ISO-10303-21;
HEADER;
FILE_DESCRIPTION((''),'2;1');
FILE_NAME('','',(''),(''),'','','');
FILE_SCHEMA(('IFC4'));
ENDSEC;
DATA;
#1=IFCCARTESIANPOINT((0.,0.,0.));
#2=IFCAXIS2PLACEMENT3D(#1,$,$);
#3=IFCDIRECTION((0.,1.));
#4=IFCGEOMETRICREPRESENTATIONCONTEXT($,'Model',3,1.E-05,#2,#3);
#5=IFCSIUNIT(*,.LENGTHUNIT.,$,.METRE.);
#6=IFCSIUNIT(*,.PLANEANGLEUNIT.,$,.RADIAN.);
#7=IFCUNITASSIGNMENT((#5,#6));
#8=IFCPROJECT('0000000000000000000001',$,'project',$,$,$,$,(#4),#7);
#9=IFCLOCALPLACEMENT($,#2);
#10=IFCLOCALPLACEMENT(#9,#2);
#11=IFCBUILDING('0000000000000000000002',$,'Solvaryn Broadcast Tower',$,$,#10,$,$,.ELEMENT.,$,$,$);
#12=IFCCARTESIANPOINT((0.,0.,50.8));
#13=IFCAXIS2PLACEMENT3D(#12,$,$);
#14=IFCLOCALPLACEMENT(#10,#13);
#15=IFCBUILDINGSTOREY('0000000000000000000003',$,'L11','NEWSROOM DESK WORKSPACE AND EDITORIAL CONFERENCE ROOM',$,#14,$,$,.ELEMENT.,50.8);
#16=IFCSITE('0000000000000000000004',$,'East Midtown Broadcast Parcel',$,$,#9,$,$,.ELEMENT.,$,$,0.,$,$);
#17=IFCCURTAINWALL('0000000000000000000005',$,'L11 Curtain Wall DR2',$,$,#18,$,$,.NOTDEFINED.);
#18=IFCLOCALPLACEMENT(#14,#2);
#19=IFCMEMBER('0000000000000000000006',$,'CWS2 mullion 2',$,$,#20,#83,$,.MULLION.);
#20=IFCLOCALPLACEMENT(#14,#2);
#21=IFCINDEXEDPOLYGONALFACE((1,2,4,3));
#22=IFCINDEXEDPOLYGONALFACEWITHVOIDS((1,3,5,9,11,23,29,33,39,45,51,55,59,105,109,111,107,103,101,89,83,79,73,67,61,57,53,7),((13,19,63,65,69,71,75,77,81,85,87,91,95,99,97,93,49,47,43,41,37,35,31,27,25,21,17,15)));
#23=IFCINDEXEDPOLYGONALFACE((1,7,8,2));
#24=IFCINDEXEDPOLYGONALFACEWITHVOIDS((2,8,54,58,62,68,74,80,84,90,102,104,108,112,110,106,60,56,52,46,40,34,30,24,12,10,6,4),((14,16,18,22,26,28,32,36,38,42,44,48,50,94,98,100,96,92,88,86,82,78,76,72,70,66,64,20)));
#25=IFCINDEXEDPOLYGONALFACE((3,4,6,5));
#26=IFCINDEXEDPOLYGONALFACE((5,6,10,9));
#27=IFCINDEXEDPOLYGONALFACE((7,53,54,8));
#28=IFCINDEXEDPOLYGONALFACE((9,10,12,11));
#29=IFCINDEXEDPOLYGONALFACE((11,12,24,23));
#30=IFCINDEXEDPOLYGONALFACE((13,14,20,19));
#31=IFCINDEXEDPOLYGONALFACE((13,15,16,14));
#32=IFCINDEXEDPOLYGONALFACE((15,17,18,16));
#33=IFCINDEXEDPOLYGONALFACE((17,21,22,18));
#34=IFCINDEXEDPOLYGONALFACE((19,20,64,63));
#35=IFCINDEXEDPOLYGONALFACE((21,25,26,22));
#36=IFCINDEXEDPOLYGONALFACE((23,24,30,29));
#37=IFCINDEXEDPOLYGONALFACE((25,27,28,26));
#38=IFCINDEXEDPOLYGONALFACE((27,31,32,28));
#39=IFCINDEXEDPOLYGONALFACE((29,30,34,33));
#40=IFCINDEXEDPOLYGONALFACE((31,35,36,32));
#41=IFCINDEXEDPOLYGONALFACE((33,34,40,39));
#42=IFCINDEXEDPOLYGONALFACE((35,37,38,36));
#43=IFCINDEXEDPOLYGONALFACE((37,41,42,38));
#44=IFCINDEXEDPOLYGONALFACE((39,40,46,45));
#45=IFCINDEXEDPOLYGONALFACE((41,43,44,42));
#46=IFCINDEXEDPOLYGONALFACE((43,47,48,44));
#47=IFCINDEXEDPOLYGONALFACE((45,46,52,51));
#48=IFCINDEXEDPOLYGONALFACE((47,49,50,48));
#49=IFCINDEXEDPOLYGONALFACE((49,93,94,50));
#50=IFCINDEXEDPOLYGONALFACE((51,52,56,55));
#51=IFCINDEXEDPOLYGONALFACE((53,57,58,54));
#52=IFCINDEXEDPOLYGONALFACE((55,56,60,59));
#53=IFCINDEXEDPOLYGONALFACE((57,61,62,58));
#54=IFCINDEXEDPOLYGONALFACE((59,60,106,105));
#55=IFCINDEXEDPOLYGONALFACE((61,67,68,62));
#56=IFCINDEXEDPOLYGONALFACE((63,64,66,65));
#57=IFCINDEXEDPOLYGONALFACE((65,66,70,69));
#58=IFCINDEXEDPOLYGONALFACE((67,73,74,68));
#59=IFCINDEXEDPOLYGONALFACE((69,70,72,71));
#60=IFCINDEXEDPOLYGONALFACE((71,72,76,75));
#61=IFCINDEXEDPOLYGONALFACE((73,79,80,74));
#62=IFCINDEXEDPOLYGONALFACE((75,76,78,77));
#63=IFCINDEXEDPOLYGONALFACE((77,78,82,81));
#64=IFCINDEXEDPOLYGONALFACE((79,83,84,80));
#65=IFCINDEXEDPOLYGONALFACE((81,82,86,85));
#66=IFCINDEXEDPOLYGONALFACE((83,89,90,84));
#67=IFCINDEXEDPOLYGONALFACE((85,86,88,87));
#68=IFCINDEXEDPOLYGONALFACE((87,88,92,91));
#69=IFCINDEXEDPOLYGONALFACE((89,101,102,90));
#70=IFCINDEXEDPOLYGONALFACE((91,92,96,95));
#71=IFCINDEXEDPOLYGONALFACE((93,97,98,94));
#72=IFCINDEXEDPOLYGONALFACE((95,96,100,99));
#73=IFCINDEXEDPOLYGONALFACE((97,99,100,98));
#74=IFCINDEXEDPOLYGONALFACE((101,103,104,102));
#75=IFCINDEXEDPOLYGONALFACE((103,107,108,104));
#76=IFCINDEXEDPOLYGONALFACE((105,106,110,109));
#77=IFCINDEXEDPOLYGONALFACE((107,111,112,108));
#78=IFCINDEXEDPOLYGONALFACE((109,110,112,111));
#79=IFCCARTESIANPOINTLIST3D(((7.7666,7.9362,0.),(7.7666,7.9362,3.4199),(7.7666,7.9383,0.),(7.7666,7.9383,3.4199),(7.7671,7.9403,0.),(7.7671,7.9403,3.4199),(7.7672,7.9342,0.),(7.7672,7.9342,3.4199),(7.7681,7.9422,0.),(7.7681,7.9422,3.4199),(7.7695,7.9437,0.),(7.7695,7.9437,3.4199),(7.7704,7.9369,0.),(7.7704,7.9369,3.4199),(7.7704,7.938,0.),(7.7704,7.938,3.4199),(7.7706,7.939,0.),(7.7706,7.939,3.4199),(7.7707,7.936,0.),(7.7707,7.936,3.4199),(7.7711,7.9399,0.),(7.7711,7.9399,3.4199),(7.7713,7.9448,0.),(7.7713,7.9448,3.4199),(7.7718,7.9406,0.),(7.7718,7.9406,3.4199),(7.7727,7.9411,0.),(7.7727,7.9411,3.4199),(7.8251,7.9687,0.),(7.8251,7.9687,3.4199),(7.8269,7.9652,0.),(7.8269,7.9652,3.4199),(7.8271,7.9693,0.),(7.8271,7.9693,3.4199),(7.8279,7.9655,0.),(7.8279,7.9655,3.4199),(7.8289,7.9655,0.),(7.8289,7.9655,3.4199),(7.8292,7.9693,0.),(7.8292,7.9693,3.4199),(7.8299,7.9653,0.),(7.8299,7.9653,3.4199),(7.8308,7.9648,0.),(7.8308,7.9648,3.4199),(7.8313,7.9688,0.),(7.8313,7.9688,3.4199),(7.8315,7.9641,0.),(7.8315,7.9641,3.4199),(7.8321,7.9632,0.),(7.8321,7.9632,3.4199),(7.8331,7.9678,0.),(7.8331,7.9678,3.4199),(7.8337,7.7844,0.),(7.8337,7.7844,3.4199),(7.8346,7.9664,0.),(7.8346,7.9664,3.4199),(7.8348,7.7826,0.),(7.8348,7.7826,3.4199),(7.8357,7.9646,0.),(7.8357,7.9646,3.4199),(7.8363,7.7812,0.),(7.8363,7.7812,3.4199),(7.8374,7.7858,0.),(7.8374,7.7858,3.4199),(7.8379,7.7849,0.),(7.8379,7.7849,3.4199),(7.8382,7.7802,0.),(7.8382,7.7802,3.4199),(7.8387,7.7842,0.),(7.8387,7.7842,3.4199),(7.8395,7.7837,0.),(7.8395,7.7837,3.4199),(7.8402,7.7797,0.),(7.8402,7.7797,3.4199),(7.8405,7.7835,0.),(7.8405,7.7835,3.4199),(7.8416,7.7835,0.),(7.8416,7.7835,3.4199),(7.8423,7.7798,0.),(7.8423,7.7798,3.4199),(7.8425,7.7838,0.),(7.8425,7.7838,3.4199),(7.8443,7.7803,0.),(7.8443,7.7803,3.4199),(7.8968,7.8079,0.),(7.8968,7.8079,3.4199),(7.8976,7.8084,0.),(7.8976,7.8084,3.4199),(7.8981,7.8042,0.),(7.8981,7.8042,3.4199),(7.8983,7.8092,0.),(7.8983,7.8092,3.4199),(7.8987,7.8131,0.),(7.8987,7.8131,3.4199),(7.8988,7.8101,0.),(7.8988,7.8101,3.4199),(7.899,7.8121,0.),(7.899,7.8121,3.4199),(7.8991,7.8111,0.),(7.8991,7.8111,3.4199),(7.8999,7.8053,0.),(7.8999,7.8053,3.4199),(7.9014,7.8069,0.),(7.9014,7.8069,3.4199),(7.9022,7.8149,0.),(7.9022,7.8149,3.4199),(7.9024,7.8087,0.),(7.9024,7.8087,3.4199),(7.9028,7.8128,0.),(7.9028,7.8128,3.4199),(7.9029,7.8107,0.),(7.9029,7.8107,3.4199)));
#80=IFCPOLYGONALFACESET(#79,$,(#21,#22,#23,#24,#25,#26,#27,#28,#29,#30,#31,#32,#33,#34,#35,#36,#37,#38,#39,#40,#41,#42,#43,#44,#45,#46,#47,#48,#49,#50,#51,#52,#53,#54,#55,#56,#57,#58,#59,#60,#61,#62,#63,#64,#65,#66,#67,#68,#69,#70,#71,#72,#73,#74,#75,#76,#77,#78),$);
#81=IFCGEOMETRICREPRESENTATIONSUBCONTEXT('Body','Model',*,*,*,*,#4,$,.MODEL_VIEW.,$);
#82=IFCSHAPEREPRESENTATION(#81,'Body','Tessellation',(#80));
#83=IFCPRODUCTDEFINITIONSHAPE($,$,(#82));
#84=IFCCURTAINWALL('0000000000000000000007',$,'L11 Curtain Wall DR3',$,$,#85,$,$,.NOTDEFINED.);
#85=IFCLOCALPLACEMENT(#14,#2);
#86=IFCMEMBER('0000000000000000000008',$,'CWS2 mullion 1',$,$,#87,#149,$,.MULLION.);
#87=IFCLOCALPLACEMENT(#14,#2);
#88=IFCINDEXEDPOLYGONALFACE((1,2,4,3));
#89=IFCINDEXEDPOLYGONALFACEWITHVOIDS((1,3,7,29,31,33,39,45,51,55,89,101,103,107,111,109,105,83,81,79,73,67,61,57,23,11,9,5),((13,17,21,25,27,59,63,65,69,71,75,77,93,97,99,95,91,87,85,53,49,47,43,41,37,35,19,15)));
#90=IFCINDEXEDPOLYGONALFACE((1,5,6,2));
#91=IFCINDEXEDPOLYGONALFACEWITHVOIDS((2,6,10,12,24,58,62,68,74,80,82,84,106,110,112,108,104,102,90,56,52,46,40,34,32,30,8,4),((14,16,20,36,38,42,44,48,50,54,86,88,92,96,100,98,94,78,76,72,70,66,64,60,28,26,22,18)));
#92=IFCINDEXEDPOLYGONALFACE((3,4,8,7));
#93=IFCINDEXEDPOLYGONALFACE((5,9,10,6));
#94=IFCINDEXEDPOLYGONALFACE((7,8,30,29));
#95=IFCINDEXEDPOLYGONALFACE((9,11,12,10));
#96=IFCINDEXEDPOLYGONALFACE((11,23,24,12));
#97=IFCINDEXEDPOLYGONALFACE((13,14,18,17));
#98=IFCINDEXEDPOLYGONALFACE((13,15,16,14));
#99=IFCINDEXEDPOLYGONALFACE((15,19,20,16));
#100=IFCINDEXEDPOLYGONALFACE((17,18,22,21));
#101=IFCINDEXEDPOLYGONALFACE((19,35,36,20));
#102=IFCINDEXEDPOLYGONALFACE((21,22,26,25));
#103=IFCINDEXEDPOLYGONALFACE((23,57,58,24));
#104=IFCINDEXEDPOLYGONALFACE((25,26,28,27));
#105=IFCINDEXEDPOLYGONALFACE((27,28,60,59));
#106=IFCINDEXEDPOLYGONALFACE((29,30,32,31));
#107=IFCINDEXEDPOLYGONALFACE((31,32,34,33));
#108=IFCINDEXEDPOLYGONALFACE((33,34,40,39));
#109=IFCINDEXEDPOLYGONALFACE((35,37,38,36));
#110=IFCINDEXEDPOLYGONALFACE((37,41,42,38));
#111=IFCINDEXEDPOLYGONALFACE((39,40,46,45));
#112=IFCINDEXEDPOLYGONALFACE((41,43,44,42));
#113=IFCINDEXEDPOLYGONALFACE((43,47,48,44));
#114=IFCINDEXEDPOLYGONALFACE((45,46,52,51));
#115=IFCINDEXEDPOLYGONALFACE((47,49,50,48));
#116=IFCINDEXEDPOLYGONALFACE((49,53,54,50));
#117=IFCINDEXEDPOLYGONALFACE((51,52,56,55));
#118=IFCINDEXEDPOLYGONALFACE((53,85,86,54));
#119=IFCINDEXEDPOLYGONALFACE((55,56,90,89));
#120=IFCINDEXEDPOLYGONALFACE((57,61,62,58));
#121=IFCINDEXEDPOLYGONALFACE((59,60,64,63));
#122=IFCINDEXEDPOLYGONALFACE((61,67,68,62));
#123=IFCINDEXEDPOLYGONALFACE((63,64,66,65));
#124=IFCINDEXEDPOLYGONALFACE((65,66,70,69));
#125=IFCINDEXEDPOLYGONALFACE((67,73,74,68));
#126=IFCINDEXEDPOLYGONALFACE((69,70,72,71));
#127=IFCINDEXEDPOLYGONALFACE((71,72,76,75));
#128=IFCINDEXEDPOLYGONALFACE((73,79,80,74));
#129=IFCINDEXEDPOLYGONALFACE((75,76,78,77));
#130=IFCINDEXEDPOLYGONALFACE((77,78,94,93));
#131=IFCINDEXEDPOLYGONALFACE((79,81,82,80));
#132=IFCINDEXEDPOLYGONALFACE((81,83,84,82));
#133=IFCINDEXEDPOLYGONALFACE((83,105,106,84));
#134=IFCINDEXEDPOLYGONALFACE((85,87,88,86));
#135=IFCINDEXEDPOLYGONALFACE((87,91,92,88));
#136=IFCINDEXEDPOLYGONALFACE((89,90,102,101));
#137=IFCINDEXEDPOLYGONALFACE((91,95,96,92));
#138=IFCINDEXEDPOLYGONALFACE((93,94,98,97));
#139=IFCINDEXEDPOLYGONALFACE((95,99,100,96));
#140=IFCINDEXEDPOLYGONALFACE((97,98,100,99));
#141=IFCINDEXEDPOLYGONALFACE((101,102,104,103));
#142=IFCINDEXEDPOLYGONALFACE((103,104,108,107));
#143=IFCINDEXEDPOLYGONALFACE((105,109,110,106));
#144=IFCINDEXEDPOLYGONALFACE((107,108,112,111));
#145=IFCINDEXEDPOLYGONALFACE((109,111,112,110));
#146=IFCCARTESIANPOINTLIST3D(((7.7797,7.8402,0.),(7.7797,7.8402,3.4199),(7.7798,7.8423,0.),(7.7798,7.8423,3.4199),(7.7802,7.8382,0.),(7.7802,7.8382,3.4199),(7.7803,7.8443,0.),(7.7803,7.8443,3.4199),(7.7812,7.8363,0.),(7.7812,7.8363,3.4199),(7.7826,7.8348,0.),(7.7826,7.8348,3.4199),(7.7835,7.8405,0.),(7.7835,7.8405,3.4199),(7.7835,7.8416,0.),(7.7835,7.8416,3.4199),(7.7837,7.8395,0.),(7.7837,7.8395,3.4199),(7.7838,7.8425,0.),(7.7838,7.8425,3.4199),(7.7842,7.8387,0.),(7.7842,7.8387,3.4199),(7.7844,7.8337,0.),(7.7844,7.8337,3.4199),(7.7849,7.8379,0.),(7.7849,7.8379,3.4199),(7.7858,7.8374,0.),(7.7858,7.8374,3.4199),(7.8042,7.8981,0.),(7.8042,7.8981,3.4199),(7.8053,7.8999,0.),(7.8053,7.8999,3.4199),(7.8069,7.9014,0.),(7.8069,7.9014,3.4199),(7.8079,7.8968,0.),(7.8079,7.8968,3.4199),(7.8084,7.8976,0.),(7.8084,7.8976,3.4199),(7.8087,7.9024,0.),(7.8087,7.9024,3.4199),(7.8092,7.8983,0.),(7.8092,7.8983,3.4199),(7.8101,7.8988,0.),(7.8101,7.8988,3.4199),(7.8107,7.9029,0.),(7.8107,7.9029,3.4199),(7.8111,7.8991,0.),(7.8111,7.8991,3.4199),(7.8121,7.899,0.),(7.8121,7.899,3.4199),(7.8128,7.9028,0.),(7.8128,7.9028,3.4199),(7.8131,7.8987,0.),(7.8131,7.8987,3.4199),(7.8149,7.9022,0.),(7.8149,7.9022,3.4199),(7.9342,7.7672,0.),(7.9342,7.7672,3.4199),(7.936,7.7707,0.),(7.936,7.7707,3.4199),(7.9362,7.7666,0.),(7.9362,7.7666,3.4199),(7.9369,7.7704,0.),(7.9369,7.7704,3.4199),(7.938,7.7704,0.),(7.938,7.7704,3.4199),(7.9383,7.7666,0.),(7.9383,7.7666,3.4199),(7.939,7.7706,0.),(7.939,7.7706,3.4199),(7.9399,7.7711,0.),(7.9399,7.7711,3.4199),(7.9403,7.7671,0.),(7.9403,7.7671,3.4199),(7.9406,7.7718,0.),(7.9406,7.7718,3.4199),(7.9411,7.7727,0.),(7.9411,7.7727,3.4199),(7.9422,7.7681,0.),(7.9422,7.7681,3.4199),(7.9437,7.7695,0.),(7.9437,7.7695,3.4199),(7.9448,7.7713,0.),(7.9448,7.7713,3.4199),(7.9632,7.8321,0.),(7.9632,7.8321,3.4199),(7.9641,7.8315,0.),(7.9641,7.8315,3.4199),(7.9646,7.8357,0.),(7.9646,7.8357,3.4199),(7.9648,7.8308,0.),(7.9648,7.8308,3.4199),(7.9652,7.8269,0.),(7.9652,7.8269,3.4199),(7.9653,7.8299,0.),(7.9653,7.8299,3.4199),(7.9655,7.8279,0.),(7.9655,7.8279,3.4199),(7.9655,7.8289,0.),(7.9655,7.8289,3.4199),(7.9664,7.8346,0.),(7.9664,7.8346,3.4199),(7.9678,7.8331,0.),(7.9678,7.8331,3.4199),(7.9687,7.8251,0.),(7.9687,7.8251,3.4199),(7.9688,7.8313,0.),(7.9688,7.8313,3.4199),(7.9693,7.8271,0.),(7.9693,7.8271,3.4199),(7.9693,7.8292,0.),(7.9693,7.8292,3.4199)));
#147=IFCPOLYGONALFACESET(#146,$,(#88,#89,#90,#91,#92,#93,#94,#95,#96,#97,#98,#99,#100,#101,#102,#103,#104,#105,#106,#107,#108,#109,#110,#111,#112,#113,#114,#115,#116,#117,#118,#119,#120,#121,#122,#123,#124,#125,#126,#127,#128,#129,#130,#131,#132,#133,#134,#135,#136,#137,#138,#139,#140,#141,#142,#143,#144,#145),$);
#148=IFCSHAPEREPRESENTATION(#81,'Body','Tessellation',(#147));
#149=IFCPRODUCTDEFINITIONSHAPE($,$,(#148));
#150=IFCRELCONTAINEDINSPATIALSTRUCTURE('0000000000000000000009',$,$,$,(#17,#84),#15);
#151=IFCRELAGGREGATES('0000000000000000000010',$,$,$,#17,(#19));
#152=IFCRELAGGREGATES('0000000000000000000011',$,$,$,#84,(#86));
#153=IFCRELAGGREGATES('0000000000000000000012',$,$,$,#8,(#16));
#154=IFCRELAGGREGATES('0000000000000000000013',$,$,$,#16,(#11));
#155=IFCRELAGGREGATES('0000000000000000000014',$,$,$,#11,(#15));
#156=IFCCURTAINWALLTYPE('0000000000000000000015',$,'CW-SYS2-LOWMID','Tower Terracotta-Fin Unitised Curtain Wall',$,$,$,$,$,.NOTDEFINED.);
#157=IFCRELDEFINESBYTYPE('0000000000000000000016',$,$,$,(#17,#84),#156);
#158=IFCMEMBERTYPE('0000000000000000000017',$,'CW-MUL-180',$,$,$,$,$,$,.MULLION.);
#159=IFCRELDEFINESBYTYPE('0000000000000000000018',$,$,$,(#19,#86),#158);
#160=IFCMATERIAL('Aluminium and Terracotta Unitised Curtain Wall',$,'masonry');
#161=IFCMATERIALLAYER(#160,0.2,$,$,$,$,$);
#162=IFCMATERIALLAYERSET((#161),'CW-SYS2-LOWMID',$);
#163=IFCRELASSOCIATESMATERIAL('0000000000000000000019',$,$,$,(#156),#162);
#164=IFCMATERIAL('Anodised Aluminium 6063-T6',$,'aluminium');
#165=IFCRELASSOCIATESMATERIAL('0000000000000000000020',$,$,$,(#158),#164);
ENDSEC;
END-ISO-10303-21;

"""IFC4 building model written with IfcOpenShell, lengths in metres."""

from ifc_helpers import new_model, si_unit, direction, frame, origin, origin_2d, place, context, subcontext, project, spatial, hollow_rectangle, extrude, material, layer, layer_set, material_profile, profile_set, type_object, element, aggregate, save


model = new_model("IFC4")

# Units and contexts
model_context = context("Model", 3, precision=1e-05, world=origin(), true_north=direction((0.0, 1.0)))
body_context = subcontext(model_context, "Body", "Model", "MODEL_VIEW")
ifc_project = project(units=[si_unit("LENGTHUNIT", "METRE"), si_unit("PLANEANGLEUNIT", "RADIAN")], contexts=[model_context])

# Site, building, storey
site_placement = place(None, origin())
site = spatial("IfcSite", under=ifc_project, at=site_placement, Name="East Midtown Broadcast Parcel", CompositionType="ELEMENT", RefElevation=0.0)
building_placement = place(site_placement, origin())
building = spatial("IfcBuilding", under=site, at=building_placement, Name="Solvaryn Broadcast Tower", CompositionType="ELEMENT")
storey_placement = place(building_placement, frame((0.0, 0.0, 50.8)))
storey = spatial("IfcBuildingStorey", under=building, at=storey_placement, Name="L11", Description="NEWSROOM DESK WORKSPACE AND EDITORIAL CONFERENCE ROOM", CompositionType="ELEMENT", Elevation=50.8)

# Curtain wall, member
ifc_material_1 = material(Name="Aluminium and Terracotta Unitised Curtain Wall", Category="masonry")
ifc_layer_1 = layer(ifc_material_1, 0.2)
ifc_layer_set_1 = layer_set([ifc_layer_1], Name="CW-SYS2-LOWMID")
curtain_wall_type = type_object("IfcCurtainWallType", Name="CW-SYS2-LOWMID", Description="Tower Terracotta-Fin Unitised Curtain Wall", PredefinedType="NOTDEFINED", material=ifc_layer_set_1)
curtain_wall_1_placement = place(storey_placement, origin())
curtain_wall_1 = element("IfcCurtainWall", 1, at=curtain_wall_1_placement, inside=storey, type_object=curtain_wall_type, Name="L11 Curtain Wall DR2", PredefinedType="NOTDEFINED")
ifc_material_2 = material(Name="Anodised Aluminium 6063-T6", Category="aluminium")
ifc_material_profile_1 = material_profile(ifc_material_2, hollow_rectangle(XDim=0.075, YDim=0.1799, WallThickness=0.0039, InnerFilletRadius=0.0039, OuterFilletRadius=0.0081, at=origin_2d()))
ifc_profile_set_1 = profile_set([ifc_material_profile_1], Name="Anodised Aluminium 6063-T6")
member_type_1 = type_object("IfcMemberType", Name="CW-MUL-180", PredefinedType="MULLION", material=ifc_profile_set_1)
member_1_placement = place(storey_placement, frame((7.8347, 7.8745, 0.0), z_axis=(0.0, 0.0, 1.0), x_axis=(0.913918, 0.405898, 0.0)))
member_1 = element("IfcMember", 2, at=member_1_placement, type_object=member_type_1, Name="CWS2 mullion 2", PredefinedType="MULLION", context=body_context, shape_type="SweptSolid", body=[
    extrude(hollow_rectangle(XDim=0.075, YDim=0.1799, WallThickness=0.0039, InnerFilletRadius=0.0039, OuterFilletRadius=0.0081, at=origin_2d()), origin(), (0.0, 0.0, 1.0), 3.4199),
])
aggregate(curtain_wall_1, [member_1])

# Curtain wall, member
curtain_wall_2_placement = place(storey_placement, origin())
curtain_wall_2 = element("IfcCurtainWall", 3, at=curtain_wall_2_placement, inside=storey, type_object=curtain_wall_type, Name="L11 Curtain Wall DR3", PredefinedType="NOTDEFINED")
member_2_placement = place(storey_placement, frame((7.8745, 7.8347, 0.0), z_axis=(0.0, 0.0, 1.0), x_axis=(0.405898, 0.913918, 0.0)))
member_2 = element("IfcMember", 4, at=member_2_placement, type_object=member_type_1, Name="CWS2 mullion 1", PredefinedType="MULLION", context=body_context, shape_type="SweptSolid", body=[
    extrude(hollow_rectangle(XDim=0.075, YDim=0.1799, WallThickness=0.0039, InnerFilletRadius=0.0039, OuterFilletRadius=0.0081, at=origin_2d()), origin(), (0.0, 0.0, 1.0), 3.4199),
])
aggregate(curtain_wall_2, [member_2])

save(model, "model.ifc")
